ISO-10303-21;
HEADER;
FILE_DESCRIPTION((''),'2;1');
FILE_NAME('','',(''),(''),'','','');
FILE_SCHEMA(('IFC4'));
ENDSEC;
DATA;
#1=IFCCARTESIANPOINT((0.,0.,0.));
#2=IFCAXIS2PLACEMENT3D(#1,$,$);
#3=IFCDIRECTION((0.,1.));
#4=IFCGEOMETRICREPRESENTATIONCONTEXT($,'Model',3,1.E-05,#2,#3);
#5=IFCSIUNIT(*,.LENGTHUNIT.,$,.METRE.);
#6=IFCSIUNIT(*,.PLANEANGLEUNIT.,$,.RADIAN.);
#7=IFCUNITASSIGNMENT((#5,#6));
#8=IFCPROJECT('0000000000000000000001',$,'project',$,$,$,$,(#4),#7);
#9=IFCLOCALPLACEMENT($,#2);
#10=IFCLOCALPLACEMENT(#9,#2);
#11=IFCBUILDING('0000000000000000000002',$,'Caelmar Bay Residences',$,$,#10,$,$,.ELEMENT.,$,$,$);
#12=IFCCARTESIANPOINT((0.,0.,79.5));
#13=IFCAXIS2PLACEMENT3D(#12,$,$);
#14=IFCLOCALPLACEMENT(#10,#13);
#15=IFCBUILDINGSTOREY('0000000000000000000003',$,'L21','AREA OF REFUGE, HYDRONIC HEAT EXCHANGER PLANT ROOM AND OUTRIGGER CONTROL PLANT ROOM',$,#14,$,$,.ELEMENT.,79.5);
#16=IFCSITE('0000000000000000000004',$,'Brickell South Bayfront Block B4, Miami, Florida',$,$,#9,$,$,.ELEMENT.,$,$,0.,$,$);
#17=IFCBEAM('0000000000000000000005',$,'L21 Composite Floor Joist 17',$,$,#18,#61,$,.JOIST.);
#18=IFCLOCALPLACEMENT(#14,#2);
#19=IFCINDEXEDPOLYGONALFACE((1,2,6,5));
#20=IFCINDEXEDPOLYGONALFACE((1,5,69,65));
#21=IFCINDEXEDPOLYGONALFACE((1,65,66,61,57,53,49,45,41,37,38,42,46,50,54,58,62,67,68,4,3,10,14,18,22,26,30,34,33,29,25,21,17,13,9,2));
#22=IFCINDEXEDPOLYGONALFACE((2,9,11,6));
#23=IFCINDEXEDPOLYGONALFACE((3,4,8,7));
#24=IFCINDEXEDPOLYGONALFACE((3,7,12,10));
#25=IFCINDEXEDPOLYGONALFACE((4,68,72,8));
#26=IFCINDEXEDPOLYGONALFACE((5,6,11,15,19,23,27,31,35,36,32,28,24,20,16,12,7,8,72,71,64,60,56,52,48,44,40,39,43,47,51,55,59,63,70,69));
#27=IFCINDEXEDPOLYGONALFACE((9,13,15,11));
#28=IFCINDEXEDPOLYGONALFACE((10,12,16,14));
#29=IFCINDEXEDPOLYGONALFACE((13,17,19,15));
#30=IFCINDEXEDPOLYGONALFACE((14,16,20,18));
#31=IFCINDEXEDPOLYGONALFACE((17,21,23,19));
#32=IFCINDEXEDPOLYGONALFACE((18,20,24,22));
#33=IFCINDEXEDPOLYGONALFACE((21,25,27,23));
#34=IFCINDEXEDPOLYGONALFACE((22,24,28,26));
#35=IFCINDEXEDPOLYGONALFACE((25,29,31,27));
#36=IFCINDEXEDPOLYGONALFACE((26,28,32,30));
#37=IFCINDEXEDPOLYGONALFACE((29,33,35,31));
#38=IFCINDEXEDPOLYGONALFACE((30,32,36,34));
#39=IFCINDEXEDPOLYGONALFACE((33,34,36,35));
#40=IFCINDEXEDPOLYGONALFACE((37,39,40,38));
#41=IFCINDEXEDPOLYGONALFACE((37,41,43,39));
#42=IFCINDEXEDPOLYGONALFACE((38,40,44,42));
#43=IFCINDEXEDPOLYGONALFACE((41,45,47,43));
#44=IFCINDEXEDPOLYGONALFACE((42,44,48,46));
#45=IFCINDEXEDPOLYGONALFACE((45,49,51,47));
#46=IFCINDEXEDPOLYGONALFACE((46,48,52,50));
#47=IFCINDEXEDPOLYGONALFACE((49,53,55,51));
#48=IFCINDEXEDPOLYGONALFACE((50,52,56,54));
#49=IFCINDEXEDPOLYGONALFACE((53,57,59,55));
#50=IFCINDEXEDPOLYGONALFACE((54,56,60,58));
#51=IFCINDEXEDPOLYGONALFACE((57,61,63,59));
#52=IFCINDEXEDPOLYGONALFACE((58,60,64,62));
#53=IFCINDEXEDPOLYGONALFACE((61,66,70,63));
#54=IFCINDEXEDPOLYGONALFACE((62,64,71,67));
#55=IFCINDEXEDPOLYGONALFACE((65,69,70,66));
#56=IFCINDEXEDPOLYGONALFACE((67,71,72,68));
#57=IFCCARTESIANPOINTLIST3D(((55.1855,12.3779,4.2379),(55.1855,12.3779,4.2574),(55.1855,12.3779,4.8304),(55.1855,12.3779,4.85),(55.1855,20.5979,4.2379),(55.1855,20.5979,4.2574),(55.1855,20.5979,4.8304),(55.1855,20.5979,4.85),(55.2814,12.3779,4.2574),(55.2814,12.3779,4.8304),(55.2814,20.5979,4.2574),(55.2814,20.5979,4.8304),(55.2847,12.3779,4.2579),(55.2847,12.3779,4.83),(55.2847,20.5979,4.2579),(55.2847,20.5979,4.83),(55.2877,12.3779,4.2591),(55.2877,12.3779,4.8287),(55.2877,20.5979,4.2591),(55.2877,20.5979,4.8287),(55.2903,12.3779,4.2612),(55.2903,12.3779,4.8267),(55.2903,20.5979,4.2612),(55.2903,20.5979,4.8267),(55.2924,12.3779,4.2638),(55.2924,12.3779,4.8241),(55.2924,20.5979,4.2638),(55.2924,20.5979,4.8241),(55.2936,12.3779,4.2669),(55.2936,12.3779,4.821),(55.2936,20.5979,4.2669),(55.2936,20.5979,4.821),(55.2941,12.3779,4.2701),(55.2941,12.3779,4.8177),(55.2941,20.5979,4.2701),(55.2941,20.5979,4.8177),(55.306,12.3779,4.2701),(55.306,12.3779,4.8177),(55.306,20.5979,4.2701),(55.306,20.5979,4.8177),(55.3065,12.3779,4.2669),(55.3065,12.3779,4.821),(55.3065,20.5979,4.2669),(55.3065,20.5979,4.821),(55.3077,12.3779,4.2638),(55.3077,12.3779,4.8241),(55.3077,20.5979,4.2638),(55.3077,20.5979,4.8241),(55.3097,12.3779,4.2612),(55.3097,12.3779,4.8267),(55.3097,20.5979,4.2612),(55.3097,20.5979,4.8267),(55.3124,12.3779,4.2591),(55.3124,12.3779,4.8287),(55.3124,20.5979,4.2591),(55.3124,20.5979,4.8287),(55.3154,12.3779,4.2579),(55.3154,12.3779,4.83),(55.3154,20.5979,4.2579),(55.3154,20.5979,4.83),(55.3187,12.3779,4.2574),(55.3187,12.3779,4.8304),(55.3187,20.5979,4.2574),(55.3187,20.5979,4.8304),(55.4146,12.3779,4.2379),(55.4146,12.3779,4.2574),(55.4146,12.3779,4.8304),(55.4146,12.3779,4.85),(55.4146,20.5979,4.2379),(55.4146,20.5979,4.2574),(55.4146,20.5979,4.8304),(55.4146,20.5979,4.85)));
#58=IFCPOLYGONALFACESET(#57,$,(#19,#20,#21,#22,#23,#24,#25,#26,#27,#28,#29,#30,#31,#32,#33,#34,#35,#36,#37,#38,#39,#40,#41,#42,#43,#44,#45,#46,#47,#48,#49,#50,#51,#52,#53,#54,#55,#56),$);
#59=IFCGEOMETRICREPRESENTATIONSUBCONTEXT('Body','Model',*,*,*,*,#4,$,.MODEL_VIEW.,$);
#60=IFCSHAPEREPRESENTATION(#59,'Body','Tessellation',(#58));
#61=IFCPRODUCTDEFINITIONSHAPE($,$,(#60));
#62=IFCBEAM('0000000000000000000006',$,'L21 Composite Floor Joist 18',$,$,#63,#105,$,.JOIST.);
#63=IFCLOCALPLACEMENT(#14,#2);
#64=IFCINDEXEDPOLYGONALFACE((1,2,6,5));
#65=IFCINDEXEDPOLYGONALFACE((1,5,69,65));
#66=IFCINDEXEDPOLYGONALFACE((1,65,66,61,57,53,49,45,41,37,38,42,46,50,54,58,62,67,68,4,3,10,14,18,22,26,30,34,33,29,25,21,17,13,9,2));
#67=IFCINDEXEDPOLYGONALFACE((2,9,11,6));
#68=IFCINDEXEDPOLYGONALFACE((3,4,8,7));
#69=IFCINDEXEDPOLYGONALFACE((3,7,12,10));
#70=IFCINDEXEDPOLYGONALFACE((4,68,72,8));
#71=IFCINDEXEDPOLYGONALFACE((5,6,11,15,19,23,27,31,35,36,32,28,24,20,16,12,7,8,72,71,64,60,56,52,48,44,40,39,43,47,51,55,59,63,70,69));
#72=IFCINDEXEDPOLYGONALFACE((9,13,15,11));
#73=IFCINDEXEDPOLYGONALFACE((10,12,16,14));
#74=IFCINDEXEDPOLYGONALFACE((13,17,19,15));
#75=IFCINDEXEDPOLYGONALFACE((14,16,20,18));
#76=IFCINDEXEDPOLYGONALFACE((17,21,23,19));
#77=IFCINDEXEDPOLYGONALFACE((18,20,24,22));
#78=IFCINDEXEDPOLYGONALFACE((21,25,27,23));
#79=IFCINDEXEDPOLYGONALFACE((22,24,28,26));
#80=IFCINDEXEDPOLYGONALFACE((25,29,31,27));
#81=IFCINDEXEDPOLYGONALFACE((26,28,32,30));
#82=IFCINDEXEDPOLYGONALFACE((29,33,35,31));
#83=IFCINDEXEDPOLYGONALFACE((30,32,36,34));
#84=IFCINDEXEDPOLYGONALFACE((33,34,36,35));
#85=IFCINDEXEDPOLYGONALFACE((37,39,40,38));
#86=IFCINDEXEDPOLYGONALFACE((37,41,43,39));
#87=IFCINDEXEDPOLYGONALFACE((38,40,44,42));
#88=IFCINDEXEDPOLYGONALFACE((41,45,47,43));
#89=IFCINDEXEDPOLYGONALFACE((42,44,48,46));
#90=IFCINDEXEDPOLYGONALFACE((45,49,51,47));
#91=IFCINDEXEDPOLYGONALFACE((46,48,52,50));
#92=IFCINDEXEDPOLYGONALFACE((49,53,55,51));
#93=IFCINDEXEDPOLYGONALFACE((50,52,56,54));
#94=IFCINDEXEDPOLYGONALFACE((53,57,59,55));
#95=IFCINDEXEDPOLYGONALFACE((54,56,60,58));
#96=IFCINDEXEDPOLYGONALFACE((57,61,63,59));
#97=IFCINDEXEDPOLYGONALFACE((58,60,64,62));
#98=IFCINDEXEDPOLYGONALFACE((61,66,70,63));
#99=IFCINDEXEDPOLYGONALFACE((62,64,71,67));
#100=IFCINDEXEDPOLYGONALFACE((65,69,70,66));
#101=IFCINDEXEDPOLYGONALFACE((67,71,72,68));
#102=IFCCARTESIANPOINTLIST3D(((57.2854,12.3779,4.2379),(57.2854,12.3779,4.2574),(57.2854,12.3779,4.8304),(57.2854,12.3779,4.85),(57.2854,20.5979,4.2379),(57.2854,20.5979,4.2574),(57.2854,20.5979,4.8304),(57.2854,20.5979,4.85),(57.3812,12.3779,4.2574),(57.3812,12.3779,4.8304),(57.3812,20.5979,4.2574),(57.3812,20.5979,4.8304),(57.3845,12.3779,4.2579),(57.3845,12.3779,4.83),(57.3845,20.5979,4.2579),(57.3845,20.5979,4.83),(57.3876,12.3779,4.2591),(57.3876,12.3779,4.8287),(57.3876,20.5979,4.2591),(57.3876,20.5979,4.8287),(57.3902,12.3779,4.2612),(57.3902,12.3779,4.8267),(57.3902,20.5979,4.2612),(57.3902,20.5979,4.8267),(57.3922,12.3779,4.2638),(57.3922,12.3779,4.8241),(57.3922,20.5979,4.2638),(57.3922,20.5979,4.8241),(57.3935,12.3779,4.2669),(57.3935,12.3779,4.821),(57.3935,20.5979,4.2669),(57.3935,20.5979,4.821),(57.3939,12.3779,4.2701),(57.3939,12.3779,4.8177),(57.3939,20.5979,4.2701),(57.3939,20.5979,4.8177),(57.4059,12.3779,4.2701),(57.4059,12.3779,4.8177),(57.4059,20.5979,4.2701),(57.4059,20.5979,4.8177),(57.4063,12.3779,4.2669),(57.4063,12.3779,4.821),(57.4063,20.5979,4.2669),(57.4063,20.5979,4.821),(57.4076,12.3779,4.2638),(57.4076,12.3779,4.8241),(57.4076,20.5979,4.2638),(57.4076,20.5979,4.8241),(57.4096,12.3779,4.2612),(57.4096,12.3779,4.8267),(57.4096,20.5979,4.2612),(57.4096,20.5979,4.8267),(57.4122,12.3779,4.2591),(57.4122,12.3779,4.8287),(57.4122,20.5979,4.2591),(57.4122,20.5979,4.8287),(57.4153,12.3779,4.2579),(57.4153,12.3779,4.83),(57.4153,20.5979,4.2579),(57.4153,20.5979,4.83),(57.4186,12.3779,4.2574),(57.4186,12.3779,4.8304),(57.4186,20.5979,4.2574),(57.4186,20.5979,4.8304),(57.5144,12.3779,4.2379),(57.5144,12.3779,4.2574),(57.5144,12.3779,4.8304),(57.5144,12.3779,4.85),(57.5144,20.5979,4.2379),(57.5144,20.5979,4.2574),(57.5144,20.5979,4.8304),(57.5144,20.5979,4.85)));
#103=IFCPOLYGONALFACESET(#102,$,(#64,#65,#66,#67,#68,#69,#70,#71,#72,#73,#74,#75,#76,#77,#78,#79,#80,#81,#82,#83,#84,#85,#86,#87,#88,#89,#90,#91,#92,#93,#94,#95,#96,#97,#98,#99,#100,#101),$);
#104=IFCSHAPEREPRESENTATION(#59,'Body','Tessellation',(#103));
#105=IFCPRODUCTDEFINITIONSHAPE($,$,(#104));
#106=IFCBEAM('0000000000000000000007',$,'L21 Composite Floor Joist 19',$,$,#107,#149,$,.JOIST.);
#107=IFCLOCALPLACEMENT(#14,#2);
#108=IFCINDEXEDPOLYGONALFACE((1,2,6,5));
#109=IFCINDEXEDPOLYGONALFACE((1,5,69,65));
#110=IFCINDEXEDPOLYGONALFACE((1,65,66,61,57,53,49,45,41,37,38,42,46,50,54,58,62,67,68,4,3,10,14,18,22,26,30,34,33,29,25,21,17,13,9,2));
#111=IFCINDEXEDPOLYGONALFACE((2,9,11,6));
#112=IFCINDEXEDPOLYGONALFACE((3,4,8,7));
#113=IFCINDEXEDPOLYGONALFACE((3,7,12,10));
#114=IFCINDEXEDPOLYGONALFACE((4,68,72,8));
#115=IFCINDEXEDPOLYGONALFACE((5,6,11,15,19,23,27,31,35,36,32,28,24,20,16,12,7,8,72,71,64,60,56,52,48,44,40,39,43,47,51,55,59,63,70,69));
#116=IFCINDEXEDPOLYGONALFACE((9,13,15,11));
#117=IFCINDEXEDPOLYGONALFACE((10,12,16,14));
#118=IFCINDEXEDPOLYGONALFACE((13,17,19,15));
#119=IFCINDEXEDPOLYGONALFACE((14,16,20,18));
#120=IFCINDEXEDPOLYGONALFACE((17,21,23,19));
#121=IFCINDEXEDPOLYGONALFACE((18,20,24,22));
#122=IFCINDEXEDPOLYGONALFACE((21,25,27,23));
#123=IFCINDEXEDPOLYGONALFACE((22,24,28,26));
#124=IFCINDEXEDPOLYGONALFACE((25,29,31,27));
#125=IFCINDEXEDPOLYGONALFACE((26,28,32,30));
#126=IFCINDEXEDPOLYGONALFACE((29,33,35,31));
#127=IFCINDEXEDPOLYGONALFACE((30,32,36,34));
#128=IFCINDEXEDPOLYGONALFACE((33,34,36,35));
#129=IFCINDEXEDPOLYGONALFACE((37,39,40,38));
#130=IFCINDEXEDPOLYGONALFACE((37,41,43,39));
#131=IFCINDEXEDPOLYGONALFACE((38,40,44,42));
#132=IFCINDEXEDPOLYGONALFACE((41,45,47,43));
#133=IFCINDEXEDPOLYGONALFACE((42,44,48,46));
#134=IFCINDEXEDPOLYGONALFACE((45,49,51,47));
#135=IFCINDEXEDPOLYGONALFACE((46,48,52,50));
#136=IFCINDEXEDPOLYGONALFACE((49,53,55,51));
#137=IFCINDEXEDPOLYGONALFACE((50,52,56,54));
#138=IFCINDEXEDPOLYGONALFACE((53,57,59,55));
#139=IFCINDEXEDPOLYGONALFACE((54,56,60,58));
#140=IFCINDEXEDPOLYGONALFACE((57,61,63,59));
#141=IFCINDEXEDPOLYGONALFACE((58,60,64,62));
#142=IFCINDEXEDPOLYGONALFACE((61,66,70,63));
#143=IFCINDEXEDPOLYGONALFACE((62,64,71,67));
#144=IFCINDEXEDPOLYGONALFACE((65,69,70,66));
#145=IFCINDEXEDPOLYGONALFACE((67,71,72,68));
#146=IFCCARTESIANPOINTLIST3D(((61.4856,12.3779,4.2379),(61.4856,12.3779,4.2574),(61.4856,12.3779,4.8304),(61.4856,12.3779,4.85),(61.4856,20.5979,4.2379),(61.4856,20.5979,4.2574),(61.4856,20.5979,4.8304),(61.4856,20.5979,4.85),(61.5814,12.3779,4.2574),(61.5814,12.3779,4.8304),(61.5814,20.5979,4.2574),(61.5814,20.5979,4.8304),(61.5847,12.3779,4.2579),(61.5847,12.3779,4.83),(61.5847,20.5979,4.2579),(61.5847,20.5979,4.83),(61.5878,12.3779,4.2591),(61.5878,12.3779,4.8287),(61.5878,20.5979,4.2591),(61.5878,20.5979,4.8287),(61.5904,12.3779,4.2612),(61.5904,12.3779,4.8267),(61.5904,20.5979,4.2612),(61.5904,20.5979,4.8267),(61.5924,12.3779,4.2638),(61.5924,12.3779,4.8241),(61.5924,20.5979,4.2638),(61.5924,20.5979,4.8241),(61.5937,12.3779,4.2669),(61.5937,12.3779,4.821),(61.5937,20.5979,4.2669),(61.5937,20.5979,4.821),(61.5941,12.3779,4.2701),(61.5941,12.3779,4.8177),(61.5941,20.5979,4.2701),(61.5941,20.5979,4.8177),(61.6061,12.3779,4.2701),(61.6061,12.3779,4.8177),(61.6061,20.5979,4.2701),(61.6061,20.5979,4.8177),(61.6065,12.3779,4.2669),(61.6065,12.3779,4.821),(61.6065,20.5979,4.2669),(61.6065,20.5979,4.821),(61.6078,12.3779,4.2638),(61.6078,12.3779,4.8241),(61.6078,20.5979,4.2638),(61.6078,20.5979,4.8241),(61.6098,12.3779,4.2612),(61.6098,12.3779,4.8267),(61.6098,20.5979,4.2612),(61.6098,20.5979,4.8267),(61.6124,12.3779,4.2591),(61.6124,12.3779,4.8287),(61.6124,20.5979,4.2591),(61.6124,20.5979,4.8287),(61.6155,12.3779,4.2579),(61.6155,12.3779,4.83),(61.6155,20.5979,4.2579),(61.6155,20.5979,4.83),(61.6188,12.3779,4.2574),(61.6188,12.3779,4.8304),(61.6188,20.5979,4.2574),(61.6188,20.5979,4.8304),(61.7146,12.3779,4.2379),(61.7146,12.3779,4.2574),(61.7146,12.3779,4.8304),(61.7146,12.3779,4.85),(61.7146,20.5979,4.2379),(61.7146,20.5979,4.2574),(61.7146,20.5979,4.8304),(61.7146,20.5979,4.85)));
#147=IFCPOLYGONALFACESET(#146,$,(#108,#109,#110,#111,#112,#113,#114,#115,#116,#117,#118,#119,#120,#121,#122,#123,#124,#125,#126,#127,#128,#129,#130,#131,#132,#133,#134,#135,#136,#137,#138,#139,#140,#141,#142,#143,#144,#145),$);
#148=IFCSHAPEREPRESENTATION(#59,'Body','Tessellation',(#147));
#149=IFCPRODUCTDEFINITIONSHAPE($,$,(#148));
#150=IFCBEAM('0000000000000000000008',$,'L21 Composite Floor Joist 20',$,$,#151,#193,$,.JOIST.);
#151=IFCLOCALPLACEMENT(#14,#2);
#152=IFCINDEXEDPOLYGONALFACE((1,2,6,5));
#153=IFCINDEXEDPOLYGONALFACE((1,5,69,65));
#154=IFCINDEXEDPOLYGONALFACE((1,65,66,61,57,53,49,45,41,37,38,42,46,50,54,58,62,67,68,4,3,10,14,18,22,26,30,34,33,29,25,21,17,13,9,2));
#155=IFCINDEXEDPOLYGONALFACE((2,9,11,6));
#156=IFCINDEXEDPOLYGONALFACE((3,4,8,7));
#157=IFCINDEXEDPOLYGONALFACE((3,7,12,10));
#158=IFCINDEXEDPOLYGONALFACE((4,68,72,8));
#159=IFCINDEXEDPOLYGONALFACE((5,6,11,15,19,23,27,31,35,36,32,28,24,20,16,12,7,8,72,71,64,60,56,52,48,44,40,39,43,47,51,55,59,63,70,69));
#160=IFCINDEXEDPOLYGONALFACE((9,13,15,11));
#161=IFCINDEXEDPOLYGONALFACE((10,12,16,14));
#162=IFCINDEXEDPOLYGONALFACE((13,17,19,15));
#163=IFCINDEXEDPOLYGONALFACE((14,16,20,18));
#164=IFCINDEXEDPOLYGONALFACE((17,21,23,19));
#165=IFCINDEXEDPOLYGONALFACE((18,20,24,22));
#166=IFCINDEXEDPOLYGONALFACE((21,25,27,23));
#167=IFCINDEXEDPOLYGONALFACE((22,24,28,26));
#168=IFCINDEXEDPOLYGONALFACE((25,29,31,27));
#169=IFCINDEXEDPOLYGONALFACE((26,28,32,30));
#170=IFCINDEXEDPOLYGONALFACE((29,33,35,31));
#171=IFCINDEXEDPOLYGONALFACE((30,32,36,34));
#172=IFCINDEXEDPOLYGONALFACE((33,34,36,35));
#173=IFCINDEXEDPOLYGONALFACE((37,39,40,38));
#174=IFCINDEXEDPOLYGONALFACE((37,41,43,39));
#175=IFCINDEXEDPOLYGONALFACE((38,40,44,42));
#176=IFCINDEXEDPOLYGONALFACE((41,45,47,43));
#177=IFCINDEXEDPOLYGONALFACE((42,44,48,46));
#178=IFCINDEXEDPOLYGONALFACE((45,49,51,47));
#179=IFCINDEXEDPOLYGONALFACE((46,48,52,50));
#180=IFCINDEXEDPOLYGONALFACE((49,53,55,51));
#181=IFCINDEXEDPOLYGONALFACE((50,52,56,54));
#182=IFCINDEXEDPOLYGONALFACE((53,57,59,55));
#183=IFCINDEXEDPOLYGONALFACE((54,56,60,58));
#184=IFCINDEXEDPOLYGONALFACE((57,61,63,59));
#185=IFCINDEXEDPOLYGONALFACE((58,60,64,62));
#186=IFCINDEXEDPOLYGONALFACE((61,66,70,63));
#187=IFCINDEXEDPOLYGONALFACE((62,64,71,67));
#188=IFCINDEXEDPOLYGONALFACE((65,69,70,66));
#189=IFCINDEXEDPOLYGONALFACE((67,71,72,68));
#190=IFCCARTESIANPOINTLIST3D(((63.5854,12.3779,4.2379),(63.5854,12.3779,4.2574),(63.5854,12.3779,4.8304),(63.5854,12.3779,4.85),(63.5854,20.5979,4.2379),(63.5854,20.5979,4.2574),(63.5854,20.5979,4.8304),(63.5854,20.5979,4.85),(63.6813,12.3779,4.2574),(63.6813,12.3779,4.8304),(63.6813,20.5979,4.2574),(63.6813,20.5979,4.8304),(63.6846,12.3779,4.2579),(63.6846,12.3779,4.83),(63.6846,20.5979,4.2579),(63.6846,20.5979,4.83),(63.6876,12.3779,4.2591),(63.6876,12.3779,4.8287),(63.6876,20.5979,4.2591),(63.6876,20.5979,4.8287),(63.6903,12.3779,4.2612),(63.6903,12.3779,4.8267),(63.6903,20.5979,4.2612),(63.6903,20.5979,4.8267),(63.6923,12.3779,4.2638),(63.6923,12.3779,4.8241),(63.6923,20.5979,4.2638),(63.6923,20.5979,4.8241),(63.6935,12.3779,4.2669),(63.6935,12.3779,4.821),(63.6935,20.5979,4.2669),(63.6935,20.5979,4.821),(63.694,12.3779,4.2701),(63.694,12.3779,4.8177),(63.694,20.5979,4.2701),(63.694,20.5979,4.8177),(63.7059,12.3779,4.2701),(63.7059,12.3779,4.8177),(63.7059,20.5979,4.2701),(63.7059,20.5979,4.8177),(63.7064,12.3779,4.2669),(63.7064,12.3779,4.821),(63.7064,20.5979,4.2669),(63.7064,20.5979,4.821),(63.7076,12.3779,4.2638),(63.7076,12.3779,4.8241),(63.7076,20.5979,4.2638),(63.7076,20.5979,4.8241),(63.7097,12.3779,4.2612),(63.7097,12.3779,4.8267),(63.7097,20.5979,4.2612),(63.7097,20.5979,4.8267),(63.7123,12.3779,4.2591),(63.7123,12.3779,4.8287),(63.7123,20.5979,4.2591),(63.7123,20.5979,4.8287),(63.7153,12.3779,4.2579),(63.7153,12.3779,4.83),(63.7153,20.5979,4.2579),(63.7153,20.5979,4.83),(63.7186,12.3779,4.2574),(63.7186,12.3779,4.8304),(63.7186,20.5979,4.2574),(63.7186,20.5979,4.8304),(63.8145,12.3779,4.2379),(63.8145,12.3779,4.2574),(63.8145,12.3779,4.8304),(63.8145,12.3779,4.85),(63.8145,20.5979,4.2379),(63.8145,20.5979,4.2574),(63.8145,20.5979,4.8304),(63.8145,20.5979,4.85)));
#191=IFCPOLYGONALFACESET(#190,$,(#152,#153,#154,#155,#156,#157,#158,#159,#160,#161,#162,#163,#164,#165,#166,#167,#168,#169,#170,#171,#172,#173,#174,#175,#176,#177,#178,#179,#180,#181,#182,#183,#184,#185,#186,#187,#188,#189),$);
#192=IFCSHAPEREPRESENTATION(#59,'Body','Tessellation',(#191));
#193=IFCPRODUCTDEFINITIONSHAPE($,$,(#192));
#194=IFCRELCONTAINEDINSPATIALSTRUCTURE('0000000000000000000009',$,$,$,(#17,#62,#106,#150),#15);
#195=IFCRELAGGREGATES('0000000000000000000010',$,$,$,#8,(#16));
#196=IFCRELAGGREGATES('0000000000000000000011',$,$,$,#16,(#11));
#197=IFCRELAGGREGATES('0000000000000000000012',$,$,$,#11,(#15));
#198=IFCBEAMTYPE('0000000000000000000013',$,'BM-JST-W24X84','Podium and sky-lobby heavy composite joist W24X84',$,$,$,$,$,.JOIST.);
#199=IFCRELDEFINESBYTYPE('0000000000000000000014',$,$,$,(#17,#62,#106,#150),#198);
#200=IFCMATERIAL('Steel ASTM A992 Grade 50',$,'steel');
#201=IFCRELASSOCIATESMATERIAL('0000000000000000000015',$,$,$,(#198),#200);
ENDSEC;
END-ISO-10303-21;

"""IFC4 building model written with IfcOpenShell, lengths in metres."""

from ifc_helpers import new_model, si_unit, direction, frame, origin, origin_2d, place, context, subcontext, project, spatial, i_section, extrude, material, material_profile, profile_set, type_object, element, save


model = new_model("IFC4")

# Units and contexts
model_context = context("Model", 3, precision=1e-05, world=origin(), true_north=direction((0.0, 1.0)))
body_context = subcontext(model_context, "Body", "Model", "MODEL_VIEW")
ifc_project = project(units=[si_unit("LENGTHUNIT", "METRE"), si_unit("PLANEANGLEUNIT", "RADIAN")], contexts=[model_context])

# Site, building, storey
site_placement = place(None, origin())
site = spatial("IfcSite", under=ifc_project, at=site_placement, Name="Brickell South Bayfront Block B4, Miami, Florida", CompositionType="ELEMENT", RefElevation=0.0)
building_placement = place(site_placement, origin())
building = spatial("IfcBuilding", under=site, at=building_placement, Name="Caelmar Bay Residences", CompositionType="ELEMENT")
storey_placement = place(building_placement, frame((0.0, 0.0, 79.5)))
storey = spatial("IfcBuildingStorey", under=building, at=storey_placement, Name="L21", Description="AREA OF REFUGE, HYDRONIC HEAT EXCHANGER PLANT ROOM AND OUTRIGGER CONTROL PLANT ROOM", CompositionType="ELEMENT", Elevation=79.5)

# Beams
ifc_material_1 = material(Name="Steel ASTM A992 Grade 50", Category="steel")
ifc_material_profile_1 = material_profile(ifc_material_1, i_section(OverallWidth=0.229, OverallDepth=0.6121, WebThickness=0.012, FlangeThickness=0.0195, FilletRadius=0.0127, at=origin_2d()), Name="W24X84")
ifc_profile_set_1 = profile_set([ifc_material_profile_1], Name="Steel ASTM A992 Grade 50")
beam_type_1 = type_object("IfcBeamType", Name="BM-JST-W24X84", Description="Podium and sky-lobby heavy composite joist W24X84", PredefinedType="JOIST", material=ifc_profile_set_1)
for number, where, z_axis, x_axis, name in (
    (1, (55.3, 12.3779, 4.5439), (0.0, 1.0, 0.0), (-1.0, 0.0, 0.0), "L21 Composite Floor Joist 17"),
    (2, (57.3999, 12.3779, 4.5439), (0.0, 1.0, 0.0), (-1.0, 0.0, 0.0), "L21 Composite Floor Joist 18"),
    (3, (61.6001, 12.3779, 4.5439), (0.0, 1.0, 0.0), (-1.0, 0.0, 0.0), "L21 Composite Floor Joist 19"),
    (4, (63.7, 12.3779, 4.5439), (0.0, 1.0, 0.0), (-1.0, 0.0, 0.0), "L21 Composite Floor Joist 20"),
):
    element("IfcBeam", number, at=place(storey_placement, frame(where, z_axis=z_axis, x_axis=x_axis)), inside=storey, type_object=beam_type_1, Name=name, PredefinedType="JOIST", context=body_context, shape_type="SweptSolid", body=[
        extrude(i_section(OverallWidth=0.229, OverallDepth=0.6121, WebThickness=0.012, FlangeThickness=0.0195, FilletRadius=0.0127, at=origin_2d()), origin(), (0.0, 0.0, 1.0), 8.22),
    ])

save(model, "model.ifc")
